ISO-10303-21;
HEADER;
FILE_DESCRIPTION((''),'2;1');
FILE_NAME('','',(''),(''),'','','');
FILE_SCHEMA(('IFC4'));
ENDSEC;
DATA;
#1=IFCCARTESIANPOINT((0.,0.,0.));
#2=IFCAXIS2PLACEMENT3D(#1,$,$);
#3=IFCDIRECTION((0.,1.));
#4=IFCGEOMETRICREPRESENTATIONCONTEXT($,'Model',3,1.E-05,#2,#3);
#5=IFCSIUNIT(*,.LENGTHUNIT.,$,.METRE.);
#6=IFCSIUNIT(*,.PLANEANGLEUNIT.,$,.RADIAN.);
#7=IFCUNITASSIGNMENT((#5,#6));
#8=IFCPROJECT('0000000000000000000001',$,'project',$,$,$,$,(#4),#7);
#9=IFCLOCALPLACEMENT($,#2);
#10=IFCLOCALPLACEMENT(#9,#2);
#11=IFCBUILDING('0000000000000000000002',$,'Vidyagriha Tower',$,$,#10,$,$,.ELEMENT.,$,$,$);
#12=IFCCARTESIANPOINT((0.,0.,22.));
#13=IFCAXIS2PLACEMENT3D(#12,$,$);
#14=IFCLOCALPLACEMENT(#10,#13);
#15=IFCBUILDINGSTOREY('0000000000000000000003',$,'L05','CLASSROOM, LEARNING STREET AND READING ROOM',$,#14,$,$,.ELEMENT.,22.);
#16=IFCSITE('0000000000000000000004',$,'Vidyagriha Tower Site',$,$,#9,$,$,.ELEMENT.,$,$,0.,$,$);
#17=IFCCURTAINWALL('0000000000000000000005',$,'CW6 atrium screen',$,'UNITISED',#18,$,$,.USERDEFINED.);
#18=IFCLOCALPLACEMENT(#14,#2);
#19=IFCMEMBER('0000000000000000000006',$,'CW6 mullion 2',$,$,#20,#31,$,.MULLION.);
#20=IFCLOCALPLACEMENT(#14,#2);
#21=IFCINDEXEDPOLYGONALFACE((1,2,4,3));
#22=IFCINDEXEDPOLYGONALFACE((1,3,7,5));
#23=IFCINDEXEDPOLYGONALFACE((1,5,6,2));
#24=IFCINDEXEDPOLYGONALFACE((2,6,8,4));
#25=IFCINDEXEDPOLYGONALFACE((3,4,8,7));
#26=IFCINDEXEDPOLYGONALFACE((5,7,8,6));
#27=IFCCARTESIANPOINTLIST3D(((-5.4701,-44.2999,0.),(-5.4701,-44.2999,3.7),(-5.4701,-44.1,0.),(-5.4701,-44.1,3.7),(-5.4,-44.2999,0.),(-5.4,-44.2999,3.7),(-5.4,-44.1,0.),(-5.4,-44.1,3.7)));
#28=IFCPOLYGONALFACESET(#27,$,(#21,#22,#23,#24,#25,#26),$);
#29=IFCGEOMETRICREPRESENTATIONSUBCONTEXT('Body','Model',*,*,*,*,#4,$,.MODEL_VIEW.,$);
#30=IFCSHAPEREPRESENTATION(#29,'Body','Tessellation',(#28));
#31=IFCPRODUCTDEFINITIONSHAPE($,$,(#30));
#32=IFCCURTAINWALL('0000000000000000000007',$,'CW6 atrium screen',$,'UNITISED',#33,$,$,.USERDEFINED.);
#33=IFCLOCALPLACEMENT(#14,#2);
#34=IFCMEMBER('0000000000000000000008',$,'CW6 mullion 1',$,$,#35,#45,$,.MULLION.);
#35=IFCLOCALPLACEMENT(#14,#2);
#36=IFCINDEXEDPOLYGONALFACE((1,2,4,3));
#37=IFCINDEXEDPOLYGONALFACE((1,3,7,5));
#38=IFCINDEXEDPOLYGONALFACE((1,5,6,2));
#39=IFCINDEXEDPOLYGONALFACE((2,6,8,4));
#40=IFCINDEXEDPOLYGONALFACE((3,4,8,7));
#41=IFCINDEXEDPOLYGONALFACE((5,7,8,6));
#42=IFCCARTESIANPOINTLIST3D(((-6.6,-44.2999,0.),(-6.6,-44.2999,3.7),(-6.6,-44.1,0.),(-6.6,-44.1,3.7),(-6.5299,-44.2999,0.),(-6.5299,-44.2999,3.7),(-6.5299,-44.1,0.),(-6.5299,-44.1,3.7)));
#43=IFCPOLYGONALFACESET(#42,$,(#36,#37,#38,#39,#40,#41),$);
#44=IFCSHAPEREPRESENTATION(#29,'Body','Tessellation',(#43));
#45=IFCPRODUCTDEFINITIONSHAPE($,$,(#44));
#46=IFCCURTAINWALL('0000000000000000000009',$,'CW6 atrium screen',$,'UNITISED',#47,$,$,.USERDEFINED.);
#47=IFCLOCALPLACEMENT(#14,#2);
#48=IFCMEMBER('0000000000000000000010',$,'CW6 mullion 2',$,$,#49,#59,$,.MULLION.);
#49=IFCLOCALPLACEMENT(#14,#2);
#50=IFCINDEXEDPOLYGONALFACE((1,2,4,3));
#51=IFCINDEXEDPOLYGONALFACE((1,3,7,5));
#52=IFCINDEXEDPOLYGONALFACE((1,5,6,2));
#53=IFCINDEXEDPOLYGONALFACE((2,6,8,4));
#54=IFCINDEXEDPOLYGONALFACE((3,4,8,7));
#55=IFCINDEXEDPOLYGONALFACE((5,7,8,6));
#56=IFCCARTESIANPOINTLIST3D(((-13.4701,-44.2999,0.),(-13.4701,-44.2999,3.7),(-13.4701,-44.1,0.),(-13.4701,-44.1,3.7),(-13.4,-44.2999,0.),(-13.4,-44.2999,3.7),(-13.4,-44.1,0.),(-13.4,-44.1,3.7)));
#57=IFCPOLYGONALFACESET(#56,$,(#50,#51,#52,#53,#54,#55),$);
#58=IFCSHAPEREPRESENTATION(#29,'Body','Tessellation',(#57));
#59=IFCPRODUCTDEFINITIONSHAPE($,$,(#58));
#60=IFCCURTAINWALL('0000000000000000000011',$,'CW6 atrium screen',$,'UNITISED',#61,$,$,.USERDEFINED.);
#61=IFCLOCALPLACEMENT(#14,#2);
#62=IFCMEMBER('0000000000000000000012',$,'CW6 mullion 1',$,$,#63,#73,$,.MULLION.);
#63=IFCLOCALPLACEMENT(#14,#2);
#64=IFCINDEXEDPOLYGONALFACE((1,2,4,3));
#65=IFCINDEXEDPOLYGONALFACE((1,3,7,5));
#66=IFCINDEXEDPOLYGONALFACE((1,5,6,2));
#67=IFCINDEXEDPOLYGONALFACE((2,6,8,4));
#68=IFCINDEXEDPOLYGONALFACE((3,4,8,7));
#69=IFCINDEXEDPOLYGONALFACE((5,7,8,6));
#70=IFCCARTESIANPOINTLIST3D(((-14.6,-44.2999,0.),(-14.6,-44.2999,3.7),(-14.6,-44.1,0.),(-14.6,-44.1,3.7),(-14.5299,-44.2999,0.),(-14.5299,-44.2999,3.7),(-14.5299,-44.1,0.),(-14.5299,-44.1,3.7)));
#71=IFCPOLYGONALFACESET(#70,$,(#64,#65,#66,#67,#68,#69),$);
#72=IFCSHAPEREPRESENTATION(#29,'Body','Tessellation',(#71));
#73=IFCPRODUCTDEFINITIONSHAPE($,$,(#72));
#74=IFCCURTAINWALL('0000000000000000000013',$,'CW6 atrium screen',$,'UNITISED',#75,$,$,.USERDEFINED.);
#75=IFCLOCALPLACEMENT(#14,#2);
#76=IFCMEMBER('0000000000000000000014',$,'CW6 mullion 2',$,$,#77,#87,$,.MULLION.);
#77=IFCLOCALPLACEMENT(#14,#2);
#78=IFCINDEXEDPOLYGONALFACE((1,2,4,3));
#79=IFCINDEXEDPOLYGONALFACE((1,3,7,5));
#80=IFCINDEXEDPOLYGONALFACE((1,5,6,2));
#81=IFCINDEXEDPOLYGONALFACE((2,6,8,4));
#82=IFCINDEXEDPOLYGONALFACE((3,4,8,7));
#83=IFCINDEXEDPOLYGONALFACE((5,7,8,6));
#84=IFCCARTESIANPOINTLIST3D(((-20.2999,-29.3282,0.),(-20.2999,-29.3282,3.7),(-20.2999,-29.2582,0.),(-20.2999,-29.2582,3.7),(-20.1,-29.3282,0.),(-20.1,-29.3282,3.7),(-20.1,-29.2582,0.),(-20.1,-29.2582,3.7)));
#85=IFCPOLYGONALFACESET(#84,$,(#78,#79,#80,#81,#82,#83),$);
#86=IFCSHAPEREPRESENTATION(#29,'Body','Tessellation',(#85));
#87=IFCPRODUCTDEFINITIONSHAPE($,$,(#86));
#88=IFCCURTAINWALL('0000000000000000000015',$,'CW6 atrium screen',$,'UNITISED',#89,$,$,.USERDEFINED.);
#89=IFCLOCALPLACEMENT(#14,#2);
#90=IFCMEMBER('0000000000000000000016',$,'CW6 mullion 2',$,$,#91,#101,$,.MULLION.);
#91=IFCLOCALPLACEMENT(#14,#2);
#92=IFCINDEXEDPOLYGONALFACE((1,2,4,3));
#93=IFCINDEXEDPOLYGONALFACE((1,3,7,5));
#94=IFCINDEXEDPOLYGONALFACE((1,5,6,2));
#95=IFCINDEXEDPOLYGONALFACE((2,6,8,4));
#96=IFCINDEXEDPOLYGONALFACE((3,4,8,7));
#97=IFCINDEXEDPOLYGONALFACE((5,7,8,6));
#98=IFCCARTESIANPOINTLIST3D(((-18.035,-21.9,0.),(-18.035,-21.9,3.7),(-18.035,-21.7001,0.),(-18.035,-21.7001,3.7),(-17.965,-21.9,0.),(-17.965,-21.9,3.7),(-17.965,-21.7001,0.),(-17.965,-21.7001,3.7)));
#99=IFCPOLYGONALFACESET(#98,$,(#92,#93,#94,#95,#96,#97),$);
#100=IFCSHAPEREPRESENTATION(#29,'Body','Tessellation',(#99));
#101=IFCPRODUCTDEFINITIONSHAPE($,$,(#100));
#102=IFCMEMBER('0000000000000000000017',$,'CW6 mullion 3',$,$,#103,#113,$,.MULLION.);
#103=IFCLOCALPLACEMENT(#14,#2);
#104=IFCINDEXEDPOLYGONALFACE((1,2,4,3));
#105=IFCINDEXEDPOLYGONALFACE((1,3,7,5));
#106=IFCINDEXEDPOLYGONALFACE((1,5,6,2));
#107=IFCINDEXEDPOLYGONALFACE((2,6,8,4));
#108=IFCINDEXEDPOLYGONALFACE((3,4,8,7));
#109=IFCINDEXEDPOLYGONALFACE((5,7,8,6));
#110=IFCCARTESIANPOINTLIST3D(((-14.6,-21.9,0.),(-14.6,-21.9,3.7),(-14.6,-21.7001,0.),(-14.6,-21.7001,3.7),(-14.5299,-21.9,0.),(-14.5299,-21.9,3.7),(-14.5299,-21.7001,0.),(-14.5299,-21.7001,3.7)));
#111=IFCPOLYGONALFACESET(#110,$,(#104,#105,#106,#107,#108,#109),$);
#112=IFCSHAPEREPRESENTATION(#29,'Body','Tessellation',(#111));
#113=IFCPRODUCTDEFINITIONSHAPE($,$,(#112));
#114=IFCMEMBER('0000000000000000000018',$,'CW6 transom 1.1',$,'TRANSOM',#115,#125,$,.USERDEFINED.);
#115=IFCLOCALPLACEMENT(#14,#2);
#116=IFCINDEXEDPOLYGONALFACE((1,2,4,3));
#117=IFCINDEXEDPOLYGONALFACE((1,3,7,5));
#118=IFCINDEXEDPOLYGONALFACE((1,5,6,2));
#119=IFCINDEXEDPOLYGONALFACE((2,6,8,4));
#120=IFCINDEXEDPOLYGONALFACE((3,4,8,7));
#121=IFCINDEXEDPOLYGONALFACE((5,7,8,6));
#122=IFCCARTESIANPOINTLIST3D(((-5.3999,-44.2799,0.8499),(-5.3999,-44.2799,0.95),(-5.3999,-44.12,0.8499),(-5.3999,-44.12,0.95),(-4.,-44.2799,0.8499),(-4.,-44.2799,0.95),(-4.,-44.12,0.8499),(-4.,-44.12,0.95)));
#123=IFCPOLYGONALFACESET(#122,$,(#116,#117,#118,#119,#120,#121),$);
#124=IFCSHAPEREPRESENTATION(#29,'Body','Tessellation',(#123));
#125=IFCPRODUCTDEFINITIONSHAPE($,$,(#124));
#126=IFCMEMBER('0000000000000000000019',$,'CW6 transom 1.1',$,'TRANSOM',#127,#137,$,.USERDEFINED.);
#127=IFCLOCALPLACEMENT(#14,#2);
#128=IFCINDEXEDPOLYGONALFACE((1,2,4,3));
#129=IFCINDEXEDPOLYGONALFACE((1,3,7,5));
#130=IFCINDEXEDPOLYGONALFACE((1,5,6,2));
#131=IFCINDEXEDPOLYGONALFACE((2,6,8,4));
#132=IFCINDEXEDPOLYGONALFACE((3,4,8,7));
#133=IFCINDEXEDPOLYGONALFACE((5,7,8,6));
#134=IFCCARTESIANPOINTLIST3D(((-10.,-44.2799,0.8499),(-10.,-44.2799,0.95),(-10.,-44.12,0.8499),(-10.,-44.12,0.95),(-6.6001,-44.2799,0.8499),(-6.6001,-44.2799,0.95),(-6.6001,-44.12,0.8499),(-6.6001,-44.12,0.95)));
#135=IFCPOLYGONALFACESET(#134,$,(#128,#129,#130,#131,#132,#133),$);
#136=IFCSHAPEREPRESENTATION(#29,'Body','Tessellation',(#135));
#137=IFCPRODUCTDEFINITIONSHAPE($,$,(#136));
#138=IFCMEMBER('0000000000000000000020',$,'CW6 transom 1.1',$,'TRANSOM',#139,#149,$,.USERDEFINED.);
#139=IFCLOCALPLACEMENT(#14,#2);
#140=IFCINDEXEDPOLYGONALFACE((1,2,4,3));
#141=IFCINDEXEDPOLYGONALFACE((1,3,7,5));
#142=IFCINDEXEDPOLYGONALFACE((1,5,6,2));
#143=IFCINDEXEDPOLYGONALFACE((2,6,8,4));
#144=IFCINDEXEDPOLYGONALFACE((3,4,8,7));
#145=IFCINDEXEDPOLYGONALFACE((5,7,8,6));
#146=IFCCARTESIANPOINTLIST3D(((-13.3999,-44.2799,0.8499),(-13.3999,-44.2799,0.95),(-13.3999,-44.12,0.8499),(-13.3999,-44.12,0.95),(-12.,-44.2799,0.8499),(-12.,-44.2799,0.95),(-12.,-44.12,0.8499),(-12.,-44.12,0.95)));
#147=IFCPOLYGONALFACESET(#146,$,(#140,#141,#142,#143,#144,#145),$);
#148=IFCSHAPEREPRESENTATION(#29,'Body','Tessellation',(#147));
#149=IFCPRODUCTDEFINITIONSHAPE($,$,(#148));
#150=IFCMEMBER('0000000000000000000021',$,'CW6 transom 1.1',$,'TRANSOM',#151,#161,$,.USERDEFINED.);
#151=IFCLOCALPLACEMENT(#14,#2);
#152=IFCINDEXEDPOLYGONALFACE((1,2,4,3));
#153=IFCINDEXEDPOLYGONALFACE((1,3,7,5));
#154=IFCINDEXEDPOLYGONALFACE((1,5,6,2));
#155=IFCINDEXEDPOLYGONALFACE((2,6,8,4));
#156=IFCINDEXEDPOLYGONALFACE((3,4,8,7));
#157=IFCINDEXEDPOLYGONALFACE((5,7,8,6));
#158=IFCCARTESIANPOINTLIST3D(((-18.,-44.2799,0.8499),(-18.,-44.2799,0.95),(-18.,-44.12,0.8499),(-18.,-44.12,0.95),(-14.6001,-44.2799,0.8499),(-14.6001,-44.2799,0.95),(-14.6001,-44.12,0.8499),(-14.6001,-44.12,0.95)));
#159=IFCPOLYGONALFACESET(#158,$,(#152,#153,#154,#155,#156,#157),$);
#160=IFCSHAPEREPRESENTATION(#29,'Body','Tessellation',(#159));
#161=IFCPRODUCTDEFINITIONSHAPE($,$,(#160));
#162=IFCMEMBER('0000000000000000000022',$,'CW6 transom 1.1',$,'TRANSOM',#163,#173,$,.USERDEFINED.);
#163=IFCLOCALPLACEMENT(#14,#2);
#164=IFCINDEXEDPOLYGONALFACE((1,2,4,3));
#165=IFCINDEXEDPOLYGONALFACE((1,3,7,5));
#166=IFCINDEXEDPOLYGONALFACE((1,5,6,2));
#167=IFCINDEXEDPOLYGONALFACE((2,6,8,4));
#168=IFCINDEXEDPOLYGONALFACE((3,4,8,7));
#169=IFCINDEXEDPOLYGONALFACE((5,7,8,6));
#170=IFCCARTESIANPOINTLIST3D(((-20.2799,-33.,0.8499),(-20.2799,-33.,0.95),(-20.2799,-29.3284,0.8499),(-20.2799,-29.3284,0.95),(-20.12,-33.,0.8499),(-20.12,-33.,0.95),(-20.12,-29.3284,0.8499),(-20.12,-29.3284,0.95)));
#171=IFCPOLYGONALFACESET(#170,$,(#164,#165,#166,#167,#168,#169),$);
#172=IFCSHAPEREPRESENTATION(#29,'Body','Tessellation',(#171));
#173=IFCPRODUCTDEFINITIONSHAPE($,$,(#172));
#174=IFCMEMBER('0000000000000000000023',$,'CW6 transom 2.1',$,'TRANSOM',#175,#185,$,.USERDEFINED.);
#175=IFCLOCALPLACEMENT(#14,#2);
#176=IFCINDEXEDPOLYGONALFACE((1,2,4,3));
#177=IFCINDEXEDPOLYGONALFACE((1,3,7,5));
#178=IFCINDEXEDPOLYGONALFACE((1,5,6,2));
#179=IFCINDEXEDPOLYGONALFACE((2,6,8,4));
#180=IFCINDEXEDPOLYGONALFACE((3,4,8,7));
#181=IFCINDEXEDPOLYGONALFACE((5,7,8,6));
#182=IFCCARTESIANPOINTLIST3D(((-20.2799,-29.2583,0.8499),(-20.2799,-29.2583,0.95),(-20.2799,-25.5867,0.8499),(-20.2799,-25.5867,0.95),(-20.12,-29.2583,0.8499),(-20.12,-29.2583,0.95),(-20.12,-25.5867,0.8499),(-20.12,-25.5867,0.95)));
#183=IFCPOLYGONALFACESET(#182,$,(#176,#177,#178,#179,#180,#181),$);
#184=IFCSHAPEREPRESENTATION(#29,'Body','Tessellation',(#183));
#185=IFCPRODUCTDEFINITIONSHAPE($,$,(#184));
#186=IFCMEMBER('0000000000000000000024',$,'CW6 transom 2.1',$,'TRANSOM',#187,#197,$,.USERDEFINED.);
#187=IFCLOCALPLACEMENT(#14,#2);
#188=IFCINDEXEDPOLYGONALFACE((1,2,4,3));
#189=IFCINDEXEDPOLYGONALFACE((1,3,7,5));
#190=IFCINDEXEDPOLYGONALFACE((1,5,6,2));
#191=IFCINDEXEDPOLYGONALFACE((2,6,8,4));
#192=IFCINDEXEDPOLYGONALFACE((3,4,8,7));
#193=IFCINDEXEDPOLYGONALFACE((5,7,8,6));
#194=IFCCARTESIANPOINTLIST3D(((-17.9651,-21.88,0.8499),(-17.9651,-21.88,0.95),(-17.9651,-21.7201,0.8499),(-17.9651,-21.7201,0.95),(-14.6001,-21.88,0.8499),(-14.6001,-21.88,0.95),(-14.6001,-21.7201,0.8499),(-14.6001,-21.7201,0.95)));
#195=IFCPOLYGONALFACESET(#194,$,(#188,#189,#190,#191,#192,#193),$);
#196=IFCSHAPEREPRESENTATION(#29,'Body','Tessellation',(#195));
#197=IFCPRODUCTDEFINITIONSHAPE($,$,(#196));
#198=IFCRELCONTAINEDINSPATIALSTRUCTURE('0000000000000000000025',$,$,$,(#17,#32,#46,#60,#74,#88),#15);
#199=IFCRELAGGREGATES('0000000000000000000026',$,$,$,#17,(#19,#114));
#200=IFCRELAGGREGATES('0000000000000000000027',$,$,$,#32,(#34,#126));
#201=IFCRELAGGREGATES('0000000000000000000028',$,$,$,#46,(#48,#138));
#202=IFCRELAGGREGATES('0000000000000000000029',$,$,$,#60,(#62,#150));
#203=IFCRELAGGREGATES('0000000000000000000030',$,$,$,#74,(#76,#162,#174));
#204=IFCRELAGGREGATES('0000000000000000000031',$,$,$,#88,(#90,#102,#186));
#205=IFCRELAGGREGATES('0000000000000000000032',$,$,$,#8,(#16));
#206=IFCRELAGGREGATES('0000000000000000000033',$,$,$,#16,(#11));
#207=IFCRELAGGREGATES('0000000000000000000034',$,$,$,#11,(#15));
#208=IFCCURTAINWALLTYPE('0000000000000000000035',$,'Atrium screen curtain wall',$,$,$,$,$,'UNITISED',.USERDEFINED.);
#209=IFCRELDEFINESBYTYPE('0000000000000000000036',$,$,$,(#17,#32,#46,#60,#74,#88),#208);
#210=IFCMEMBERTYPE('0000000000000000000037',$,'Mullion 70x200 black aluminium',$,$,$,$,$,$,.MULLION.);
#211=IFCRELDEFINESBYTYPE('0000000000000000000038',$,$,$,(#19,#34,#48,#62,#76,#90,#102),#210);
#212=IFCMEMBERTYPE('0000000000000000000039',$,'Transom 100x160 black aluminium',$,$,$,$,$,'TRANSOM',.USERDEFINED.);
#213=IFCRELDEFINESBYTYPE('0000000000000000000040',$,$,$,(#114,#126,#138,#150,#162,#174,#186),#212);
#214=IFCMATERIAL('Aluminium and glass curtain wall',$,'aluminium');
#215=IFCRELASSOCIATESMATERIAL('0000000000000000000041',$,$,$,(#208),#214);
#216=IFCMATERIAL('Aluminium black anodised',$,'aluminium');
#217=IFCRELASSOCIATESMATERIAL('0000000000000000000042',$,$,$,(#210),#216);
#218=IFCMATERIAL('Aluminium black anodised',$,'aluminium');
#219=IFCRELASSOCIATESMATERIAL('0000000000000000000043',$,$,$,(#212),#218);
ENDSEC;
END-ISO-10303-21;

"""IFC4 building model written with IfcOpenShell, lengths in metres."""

from ifc_helpers import new_model, si_unit, direction, frame, origin, origin_2d, place, context, subcontext, project, spatial, rectangle, extrude, material, material_profile, profile_set, type_object, element, aggregate, save


model = new_model("IFC4")

# Units and contexts
model_context = context("Model", 3, precision=1e-05, world=origin(), true_north=direction((0.0, 1.0)))
body_context = subcontext(model_context, "Body", "Model", "MODEL_VIEW")
ifc_project = project(units=[si_unit("LENGTHUNIT", "METRE"), si_unit("PLANEANGLEUNIT", "RADIAN")], contexts=[model_context])

# Site, building, storey
site_placement = place(None, origin())
site = spatial("IfcSite", under=ifc_project, at=site_placement, Name="Vidyagriha Tower Site", CompositionType="ELEMENT", RefElevation=0.0)
building_placement = place(site_placement, origin())
building = spatial("IfcBuilding", under=site, at=building_placement, Name="Vidyagriha Tower", CompositionType="ELEMENT")
storey_placement = place(building_placement, frame((0.0, 0.0, 22.0)))
storey = spatial("IfcBuildingStorey", under=building, at=storey_placement, Name="L05", Description="CLASSROOM, LEARNING STREET AND READING ROOM", CompositionType="ELEMENT", Elevation=22.0)

# Curtain walls, members
ifc_material_1 = material(Name="Aluminium and glass curtain wall", Category="aluminium")
curtain_wall_type = type_object("IfcCurtainWallType", Name="Atrium screen curtain wall", ElementType="UNITISED", PredefinedType="USERDEFINED", material=ifc_material_1)
curtain_wall_1_placement = place(storey_placement, origin())
curtain_wall_1 = element("IfcCurtainWall", 1, at=curtain_wall_1_placement, inside=storey, type_object=curtain_wall_type, Name="CW6 atrium screen", ObjectType="UNITISED", PredefinedType="USERDEFINED")
ifc_material_2 = material(Name="Aluminium black anodised", Category="aluminium")
ifc_material_profile_1 = material_profile(ifc_material_2, rectangle(XDim=0.2, YDim=0.0701, at=origin_2d()), Name="Mullion 70x200 black aluminium")
ifc_profile_set_1 = profile_set([ifc_material_profile_1], Name="Aluminium black anodised")
member_type_1 = type_object("IfcMemberType", Name="Mullion 70x200 black aluminium", PredefinedType="MULLION", material=ifc_profile_set_1)
member_1_placement = place(storey_placement, frame((-5.4351, -44.2, 0.0), z_axis=(0.0, 0.0, 1.0), x_axis=(0.0, -1.0, 0.0)))
member_1 = element("IfcMember", 2, at=member_1_placement, type_object=member_type_1, Name="CW6 mullion 2", PredefinedType="MULLION", context=body_context, shape_type="SweptSolid", body=[
    extrude(rectangle(XDim=0.2, YDim=0.0701, at=origin_2d()), origin(), (0.0, 0.0, 1.0), 3.7),
])
curtain_wall_2_placement = place(storey_placement, origin())
curtain_wall_2 = element("IfcCurtainWall", 3, at=curtain_wall_2_placement, inside=storey, type_object=curtain_wall_type, Name="CW6 atrium screen", ObjectType="UNITISED", PredefinedType="USERDEFINED")
member_2_placement = place(storey_placement, frame((-6.5649, -44.2, 0.0), z_axis=(0.0, 0.0, 1.0), x_axis=(0.0, -1.0, 0.0)))
member_2 = element("IfcMember", 4, at=member_2_placement, type_object=member_type_1, Name="CW6 mullion 1", PredefinedType="MULLION", context=body_context, shape_type="SweptSolid", body=[
    extrude(rectangle(XDim=0.2, YDim=0.0701, at=origin_2d()), origin(), (0.0, 0.0, 1.0), 3.7),
])
curtain_wall_3_placement = place(storey_placement, origin())
curtain_wall_3 = element("IfcCurtainWall", 5, at=curtain_wall_3_placement, inside=storey, type_object=curtain_wall_type, Name="CW6 atrium screen", ObjectType="UNITISED", PredefinedType="USERDEFINED")
member_3_placement = place(storey_placement, frame((-13.4351, -44.2, 0.0), z_axis=(0.0, 0.0, 1.0), x_axis=(0.0, -1.0, 0.0)))
member_3 = element("IfcMember", 6, at=member_3_placement, type_object=member_type_1, Name="CW6 mullion 2", PredefinedType="MULLION", context=body_context, shape_type="SweptSolid", body=[
    extrude(rectangle(XDim=0.2, YDim=0.0701, at=origin_2d()), origin(), (0.0, 0.0, 1.0), 3.7),
])
curtain_wall_4_placement = place(storey_placement, origin())
curtain_wall_4 = element("IfcCurtainWall", 7, at=curtain_wall_4_placement, inside=storey, type_object=curtain_wall_type, Name="CW6 atrium screen", ObjectType="UNITISED", PredefinedType="USERDEFINED")
member_4_placement = place(storey_placement, frame((-14.5649, -44.2, 0.0), z_axis=(0.0, 0.0, 1.0), x_axis=(0.0, -1.0, 0.0)))
member_4 = element("IfcMember", 8, at=member_4_placement, type_object=member_type_1, Name="CW6 mullion 1", PredefinedType="MULLION", context=body_context, shape_type="SweptSolid", body=[
    extrude(rectangle(XDim=0.2, YDim=0.0701, at=origin_2d()), origin(), (0.0, 0.0, 1.0), 3.7),
])
curtain_wall_5_placement = place(storey_placement, origin())
curtain_wall_5 = element("IfcCurtainWall", 9, at=curtain_wall_5_placement, inside=storey, type_object=curtain_wall_type, Name="CW6 atrium screen", ObjectType="UNITISED", PredefinedType="USERDEFINED")
member_5_placement = place(storey_placement, frame((-20.2, -29.2932, 0.0), z_axis=(0.0, 0.0, 1.0), x_axis=(-1.0, 0.0, 0.0)))
member_5 = element("IfcMember", 10, at=member_5_placement, type_object=member_type_1, Name="CW6 mullion 2", PredefinedType="MULLION", context=body_context, shape_type="SweptSolid", body=[
    extrude(rectangle(XDim=0.2, YDim=0.0701, at=origin_2d()), origin(), (0.0, 0.0, 1.0), 3.7),
])

# Curtain wall, members
curtain_wall_6_placement = place(storey_placement, origin())
curtain_wall_6 = element("IfcCurtainWall", 11, at=curtain_wall_6_placement, inside=storey, type_object=curtain_wall_type, Name="CW6 atrium screen", ObjectType="UNITISED", PredefinedType="USERDEFINED")
member_6_placement = place(storey_placement, frame((-18.0, -21.8, 0.0), z_axis=(0.0, 0.0, 1.0), x_axis=(0.0, 1.0, 0.0)))
member_6 = element("IfcMember", 12, at=member_6_placement, type_object=member_type_1, Name="CW6 mullion 2", PredefinedType="MULLION", context=body_context, shape_type="SweptSolid", body=[
    extrude(rectangle(XDim=0.2, YDim=0.0701, at=origin_2d()), origin(), (0.0, 0.0, 1.0), 3.7),
])
member_7_placement = place(storey_placement, frame((-14.5649, -21.8, 0.0), z_axis=(0.0, 0.0, 1.0), x_axis=(0.0, 1.0, 0.0)))
member_7 = element("IfcMember", 13, at=member_7_placement, type_object=member_type_1, Name="CW6 mullion 3", PredefinedType="MULLION", context=body_context, shape_type="SweptSolid", body=[
    extrude(rectangle(XDim=0.2, YDim=0.0701, at=origin_2d()), origin(), (0.0, 0.0, 1.0), 3.7),
])

# Members
ifc_material_3 = material(Name="Aluminium black anodised", Category="aluminium")
ifc_material_profile_2 = material_profile(ifc_material_3, rectangle(XDim=0.1599, YDim=0.1001, at=origin_2d()), Name="Transom 100x160 black aluminium")
ifc_profile_set_2 = profile_set([ifc_material_profile_2], Name="Aluminium black anodised")
member_type_2 = type_object("IfcMemberType", Name="Transom 100x160 black aluminium", ElementType="TRANSOM", PredefinedType="USERDEFINED", material=ifc_profile_set_2)
member_8_placement = place(storey_placement, frame((-4.0, -44.2, 0.8999), z_axis=(-1.0, 0.0, 0.0), x_axis=(0.0, -1.0, 0.0)))
member_8 = element("IfcMember", 14, at=member_8_placement, type_object=member_type_2, Name="CW6 transom 1.1", ObjectType="TRANSOM", PredefinedType="USERDEFINED", context=body_context, shape_type="SweptSolid", body=[
    extrude(rectangle(XDim=0.1599, YDim=0.1001, at=origin_2d()), origin(), (0.0, 0.0, 1.0), 1.3999),
])
member_9_placement = place(storey_placement, frame((-6.6001, -44.2, 0.8999), z_axis=(-1.0, 0.0, 0.0), x_axis=(0.0, -1.0, 0.0)))
member_9 = element("IfcMember", 15, at=member_9_placement, type_object=member_type_2, Name="CW6 transom 1.1", ObjectType="TRANSOM", PredefinedType="USERDEFINED", context=body_context, shape_type="SweptSolid", body=[
    extrude(rectangle(XDim=0.1599, YDim=0.1001, at=origin_2d()), origin(), (0.0, 0.0, 1.0), 3.3999),
])
member_10_placement = place(storey_placement, frame((-12.0, -44.2, 0.8999), z_axis=(-1.0, 0.0, 0.0), x_axis=(0.0, -1.0, 0.0)))
member_10 = element("IfcMember", 16, at=member_10_placement, type_object=member_type_2, Name="CW6 transom 1.1", ObjectType="TRANSOM", PredefinedType="USERDEFINED", context=body_context, shape_type="SweptSolid", body=[
    extrude(rectangle(XDim=0.1599, YDim=0.1001, at=origin_2d()), origin(), (0.0, 0.0, 1.0), 1.3999),
])
member_11_placement = place(storey_placement, frame((-14.6001, -44.2, 0.8999), z_axis=(-1.0, 0.0, 0.0), x_axis=(0.0, -1.0, 0.0)))
member_11 = element("IfcMember", 17, at=member_11_placement, type_object=member_type_2, Name="CW6 transom 1.1", ObjectType="TRANSOM", PredefinedType="USERDEFINED", context=body_context, shape_type="SweptSolid", body=[
    extrude(rectangle(XDim=0.1599, YDim=0.1001, at=origin_2d()), origin(), (0.0, 0.0, 1.0), 3.3999),
])
member_12_placement = place(storey_placement, frame((-20.2, -33.0, 0.8999), z_axis=(0.0, 1.0, 0.0), x_axis=(-1.0, 0.0, 0.0)))
member_12 = element("IfcMember", 18, at=member_12_placement, type_object=member_type_2, Name="CW6 transom 1.1", ObjectType="TRANSOM", PredefinedType="USERDEFINED", context=body_context, shape_type="SweptSolid", body=[
    extrude(rectangle(XDim=0.1599, YDim=0.1001, at=origin_2d()), origin(), (0.0, 0.0, 1.0), 3.6716),
])
member_13_placement = place(storey_placement, frame((-20.2, -29.2583, 0.8999), z_axis=(0.0, 1.0, 0.0), x_axis=(-1.0, 0.0, 0.0)))
member_13 = element("IfcMember", 19, at=member_13_placement, type_object=member_type_2, Name="CW6 transom 2.1", ObjectType="TRANSOM", PredefinedType="USERDEFINED", context=body_context, shape_type="SweptSolid", body=[
    extrude(rectangle(XDim=0.1599, YDim=0.1001, at=origin_2d()), origin(), (0.0, 0.0, 1.0), 3.6716),
])
member_14_placement = place(storey_placement, frame((-17.9651, -21.8, 0.8999), z_axis=(1.0, 0.0, 0.0), x_axis=(0.0, 1.0, 0.0)))
member_14 = element("IfcMember", 20, at=member_14_placement, type_object=member_type_2, Name="CW6 transom 2.1", ObjectType="TRANSOM", PredefinedType="USERDEFINED", context=body_context, shape_type="SweptSolid", body=[
    extrude(rectangle(XDim=0.1599, YDim=0.1001, at=origin_2d()), origin(), (0.0, 0.0, 1.0), 3.365),
])

aggregate(curtain_wall_1, [member_1, member_8])
aggregate(curtain_wall_2, [member_2, member_9])
aggregate(curtain_wall_3, [member_3, member_10])
aggregate(curtain_wall_4, [member_4, member_11])
aggregate(curtain_wall_5, [member_5, member_12, member_13])
aggregate(curtain_wall_6, [member_6, member_7, member_14])

save(model, "model.ifc")
